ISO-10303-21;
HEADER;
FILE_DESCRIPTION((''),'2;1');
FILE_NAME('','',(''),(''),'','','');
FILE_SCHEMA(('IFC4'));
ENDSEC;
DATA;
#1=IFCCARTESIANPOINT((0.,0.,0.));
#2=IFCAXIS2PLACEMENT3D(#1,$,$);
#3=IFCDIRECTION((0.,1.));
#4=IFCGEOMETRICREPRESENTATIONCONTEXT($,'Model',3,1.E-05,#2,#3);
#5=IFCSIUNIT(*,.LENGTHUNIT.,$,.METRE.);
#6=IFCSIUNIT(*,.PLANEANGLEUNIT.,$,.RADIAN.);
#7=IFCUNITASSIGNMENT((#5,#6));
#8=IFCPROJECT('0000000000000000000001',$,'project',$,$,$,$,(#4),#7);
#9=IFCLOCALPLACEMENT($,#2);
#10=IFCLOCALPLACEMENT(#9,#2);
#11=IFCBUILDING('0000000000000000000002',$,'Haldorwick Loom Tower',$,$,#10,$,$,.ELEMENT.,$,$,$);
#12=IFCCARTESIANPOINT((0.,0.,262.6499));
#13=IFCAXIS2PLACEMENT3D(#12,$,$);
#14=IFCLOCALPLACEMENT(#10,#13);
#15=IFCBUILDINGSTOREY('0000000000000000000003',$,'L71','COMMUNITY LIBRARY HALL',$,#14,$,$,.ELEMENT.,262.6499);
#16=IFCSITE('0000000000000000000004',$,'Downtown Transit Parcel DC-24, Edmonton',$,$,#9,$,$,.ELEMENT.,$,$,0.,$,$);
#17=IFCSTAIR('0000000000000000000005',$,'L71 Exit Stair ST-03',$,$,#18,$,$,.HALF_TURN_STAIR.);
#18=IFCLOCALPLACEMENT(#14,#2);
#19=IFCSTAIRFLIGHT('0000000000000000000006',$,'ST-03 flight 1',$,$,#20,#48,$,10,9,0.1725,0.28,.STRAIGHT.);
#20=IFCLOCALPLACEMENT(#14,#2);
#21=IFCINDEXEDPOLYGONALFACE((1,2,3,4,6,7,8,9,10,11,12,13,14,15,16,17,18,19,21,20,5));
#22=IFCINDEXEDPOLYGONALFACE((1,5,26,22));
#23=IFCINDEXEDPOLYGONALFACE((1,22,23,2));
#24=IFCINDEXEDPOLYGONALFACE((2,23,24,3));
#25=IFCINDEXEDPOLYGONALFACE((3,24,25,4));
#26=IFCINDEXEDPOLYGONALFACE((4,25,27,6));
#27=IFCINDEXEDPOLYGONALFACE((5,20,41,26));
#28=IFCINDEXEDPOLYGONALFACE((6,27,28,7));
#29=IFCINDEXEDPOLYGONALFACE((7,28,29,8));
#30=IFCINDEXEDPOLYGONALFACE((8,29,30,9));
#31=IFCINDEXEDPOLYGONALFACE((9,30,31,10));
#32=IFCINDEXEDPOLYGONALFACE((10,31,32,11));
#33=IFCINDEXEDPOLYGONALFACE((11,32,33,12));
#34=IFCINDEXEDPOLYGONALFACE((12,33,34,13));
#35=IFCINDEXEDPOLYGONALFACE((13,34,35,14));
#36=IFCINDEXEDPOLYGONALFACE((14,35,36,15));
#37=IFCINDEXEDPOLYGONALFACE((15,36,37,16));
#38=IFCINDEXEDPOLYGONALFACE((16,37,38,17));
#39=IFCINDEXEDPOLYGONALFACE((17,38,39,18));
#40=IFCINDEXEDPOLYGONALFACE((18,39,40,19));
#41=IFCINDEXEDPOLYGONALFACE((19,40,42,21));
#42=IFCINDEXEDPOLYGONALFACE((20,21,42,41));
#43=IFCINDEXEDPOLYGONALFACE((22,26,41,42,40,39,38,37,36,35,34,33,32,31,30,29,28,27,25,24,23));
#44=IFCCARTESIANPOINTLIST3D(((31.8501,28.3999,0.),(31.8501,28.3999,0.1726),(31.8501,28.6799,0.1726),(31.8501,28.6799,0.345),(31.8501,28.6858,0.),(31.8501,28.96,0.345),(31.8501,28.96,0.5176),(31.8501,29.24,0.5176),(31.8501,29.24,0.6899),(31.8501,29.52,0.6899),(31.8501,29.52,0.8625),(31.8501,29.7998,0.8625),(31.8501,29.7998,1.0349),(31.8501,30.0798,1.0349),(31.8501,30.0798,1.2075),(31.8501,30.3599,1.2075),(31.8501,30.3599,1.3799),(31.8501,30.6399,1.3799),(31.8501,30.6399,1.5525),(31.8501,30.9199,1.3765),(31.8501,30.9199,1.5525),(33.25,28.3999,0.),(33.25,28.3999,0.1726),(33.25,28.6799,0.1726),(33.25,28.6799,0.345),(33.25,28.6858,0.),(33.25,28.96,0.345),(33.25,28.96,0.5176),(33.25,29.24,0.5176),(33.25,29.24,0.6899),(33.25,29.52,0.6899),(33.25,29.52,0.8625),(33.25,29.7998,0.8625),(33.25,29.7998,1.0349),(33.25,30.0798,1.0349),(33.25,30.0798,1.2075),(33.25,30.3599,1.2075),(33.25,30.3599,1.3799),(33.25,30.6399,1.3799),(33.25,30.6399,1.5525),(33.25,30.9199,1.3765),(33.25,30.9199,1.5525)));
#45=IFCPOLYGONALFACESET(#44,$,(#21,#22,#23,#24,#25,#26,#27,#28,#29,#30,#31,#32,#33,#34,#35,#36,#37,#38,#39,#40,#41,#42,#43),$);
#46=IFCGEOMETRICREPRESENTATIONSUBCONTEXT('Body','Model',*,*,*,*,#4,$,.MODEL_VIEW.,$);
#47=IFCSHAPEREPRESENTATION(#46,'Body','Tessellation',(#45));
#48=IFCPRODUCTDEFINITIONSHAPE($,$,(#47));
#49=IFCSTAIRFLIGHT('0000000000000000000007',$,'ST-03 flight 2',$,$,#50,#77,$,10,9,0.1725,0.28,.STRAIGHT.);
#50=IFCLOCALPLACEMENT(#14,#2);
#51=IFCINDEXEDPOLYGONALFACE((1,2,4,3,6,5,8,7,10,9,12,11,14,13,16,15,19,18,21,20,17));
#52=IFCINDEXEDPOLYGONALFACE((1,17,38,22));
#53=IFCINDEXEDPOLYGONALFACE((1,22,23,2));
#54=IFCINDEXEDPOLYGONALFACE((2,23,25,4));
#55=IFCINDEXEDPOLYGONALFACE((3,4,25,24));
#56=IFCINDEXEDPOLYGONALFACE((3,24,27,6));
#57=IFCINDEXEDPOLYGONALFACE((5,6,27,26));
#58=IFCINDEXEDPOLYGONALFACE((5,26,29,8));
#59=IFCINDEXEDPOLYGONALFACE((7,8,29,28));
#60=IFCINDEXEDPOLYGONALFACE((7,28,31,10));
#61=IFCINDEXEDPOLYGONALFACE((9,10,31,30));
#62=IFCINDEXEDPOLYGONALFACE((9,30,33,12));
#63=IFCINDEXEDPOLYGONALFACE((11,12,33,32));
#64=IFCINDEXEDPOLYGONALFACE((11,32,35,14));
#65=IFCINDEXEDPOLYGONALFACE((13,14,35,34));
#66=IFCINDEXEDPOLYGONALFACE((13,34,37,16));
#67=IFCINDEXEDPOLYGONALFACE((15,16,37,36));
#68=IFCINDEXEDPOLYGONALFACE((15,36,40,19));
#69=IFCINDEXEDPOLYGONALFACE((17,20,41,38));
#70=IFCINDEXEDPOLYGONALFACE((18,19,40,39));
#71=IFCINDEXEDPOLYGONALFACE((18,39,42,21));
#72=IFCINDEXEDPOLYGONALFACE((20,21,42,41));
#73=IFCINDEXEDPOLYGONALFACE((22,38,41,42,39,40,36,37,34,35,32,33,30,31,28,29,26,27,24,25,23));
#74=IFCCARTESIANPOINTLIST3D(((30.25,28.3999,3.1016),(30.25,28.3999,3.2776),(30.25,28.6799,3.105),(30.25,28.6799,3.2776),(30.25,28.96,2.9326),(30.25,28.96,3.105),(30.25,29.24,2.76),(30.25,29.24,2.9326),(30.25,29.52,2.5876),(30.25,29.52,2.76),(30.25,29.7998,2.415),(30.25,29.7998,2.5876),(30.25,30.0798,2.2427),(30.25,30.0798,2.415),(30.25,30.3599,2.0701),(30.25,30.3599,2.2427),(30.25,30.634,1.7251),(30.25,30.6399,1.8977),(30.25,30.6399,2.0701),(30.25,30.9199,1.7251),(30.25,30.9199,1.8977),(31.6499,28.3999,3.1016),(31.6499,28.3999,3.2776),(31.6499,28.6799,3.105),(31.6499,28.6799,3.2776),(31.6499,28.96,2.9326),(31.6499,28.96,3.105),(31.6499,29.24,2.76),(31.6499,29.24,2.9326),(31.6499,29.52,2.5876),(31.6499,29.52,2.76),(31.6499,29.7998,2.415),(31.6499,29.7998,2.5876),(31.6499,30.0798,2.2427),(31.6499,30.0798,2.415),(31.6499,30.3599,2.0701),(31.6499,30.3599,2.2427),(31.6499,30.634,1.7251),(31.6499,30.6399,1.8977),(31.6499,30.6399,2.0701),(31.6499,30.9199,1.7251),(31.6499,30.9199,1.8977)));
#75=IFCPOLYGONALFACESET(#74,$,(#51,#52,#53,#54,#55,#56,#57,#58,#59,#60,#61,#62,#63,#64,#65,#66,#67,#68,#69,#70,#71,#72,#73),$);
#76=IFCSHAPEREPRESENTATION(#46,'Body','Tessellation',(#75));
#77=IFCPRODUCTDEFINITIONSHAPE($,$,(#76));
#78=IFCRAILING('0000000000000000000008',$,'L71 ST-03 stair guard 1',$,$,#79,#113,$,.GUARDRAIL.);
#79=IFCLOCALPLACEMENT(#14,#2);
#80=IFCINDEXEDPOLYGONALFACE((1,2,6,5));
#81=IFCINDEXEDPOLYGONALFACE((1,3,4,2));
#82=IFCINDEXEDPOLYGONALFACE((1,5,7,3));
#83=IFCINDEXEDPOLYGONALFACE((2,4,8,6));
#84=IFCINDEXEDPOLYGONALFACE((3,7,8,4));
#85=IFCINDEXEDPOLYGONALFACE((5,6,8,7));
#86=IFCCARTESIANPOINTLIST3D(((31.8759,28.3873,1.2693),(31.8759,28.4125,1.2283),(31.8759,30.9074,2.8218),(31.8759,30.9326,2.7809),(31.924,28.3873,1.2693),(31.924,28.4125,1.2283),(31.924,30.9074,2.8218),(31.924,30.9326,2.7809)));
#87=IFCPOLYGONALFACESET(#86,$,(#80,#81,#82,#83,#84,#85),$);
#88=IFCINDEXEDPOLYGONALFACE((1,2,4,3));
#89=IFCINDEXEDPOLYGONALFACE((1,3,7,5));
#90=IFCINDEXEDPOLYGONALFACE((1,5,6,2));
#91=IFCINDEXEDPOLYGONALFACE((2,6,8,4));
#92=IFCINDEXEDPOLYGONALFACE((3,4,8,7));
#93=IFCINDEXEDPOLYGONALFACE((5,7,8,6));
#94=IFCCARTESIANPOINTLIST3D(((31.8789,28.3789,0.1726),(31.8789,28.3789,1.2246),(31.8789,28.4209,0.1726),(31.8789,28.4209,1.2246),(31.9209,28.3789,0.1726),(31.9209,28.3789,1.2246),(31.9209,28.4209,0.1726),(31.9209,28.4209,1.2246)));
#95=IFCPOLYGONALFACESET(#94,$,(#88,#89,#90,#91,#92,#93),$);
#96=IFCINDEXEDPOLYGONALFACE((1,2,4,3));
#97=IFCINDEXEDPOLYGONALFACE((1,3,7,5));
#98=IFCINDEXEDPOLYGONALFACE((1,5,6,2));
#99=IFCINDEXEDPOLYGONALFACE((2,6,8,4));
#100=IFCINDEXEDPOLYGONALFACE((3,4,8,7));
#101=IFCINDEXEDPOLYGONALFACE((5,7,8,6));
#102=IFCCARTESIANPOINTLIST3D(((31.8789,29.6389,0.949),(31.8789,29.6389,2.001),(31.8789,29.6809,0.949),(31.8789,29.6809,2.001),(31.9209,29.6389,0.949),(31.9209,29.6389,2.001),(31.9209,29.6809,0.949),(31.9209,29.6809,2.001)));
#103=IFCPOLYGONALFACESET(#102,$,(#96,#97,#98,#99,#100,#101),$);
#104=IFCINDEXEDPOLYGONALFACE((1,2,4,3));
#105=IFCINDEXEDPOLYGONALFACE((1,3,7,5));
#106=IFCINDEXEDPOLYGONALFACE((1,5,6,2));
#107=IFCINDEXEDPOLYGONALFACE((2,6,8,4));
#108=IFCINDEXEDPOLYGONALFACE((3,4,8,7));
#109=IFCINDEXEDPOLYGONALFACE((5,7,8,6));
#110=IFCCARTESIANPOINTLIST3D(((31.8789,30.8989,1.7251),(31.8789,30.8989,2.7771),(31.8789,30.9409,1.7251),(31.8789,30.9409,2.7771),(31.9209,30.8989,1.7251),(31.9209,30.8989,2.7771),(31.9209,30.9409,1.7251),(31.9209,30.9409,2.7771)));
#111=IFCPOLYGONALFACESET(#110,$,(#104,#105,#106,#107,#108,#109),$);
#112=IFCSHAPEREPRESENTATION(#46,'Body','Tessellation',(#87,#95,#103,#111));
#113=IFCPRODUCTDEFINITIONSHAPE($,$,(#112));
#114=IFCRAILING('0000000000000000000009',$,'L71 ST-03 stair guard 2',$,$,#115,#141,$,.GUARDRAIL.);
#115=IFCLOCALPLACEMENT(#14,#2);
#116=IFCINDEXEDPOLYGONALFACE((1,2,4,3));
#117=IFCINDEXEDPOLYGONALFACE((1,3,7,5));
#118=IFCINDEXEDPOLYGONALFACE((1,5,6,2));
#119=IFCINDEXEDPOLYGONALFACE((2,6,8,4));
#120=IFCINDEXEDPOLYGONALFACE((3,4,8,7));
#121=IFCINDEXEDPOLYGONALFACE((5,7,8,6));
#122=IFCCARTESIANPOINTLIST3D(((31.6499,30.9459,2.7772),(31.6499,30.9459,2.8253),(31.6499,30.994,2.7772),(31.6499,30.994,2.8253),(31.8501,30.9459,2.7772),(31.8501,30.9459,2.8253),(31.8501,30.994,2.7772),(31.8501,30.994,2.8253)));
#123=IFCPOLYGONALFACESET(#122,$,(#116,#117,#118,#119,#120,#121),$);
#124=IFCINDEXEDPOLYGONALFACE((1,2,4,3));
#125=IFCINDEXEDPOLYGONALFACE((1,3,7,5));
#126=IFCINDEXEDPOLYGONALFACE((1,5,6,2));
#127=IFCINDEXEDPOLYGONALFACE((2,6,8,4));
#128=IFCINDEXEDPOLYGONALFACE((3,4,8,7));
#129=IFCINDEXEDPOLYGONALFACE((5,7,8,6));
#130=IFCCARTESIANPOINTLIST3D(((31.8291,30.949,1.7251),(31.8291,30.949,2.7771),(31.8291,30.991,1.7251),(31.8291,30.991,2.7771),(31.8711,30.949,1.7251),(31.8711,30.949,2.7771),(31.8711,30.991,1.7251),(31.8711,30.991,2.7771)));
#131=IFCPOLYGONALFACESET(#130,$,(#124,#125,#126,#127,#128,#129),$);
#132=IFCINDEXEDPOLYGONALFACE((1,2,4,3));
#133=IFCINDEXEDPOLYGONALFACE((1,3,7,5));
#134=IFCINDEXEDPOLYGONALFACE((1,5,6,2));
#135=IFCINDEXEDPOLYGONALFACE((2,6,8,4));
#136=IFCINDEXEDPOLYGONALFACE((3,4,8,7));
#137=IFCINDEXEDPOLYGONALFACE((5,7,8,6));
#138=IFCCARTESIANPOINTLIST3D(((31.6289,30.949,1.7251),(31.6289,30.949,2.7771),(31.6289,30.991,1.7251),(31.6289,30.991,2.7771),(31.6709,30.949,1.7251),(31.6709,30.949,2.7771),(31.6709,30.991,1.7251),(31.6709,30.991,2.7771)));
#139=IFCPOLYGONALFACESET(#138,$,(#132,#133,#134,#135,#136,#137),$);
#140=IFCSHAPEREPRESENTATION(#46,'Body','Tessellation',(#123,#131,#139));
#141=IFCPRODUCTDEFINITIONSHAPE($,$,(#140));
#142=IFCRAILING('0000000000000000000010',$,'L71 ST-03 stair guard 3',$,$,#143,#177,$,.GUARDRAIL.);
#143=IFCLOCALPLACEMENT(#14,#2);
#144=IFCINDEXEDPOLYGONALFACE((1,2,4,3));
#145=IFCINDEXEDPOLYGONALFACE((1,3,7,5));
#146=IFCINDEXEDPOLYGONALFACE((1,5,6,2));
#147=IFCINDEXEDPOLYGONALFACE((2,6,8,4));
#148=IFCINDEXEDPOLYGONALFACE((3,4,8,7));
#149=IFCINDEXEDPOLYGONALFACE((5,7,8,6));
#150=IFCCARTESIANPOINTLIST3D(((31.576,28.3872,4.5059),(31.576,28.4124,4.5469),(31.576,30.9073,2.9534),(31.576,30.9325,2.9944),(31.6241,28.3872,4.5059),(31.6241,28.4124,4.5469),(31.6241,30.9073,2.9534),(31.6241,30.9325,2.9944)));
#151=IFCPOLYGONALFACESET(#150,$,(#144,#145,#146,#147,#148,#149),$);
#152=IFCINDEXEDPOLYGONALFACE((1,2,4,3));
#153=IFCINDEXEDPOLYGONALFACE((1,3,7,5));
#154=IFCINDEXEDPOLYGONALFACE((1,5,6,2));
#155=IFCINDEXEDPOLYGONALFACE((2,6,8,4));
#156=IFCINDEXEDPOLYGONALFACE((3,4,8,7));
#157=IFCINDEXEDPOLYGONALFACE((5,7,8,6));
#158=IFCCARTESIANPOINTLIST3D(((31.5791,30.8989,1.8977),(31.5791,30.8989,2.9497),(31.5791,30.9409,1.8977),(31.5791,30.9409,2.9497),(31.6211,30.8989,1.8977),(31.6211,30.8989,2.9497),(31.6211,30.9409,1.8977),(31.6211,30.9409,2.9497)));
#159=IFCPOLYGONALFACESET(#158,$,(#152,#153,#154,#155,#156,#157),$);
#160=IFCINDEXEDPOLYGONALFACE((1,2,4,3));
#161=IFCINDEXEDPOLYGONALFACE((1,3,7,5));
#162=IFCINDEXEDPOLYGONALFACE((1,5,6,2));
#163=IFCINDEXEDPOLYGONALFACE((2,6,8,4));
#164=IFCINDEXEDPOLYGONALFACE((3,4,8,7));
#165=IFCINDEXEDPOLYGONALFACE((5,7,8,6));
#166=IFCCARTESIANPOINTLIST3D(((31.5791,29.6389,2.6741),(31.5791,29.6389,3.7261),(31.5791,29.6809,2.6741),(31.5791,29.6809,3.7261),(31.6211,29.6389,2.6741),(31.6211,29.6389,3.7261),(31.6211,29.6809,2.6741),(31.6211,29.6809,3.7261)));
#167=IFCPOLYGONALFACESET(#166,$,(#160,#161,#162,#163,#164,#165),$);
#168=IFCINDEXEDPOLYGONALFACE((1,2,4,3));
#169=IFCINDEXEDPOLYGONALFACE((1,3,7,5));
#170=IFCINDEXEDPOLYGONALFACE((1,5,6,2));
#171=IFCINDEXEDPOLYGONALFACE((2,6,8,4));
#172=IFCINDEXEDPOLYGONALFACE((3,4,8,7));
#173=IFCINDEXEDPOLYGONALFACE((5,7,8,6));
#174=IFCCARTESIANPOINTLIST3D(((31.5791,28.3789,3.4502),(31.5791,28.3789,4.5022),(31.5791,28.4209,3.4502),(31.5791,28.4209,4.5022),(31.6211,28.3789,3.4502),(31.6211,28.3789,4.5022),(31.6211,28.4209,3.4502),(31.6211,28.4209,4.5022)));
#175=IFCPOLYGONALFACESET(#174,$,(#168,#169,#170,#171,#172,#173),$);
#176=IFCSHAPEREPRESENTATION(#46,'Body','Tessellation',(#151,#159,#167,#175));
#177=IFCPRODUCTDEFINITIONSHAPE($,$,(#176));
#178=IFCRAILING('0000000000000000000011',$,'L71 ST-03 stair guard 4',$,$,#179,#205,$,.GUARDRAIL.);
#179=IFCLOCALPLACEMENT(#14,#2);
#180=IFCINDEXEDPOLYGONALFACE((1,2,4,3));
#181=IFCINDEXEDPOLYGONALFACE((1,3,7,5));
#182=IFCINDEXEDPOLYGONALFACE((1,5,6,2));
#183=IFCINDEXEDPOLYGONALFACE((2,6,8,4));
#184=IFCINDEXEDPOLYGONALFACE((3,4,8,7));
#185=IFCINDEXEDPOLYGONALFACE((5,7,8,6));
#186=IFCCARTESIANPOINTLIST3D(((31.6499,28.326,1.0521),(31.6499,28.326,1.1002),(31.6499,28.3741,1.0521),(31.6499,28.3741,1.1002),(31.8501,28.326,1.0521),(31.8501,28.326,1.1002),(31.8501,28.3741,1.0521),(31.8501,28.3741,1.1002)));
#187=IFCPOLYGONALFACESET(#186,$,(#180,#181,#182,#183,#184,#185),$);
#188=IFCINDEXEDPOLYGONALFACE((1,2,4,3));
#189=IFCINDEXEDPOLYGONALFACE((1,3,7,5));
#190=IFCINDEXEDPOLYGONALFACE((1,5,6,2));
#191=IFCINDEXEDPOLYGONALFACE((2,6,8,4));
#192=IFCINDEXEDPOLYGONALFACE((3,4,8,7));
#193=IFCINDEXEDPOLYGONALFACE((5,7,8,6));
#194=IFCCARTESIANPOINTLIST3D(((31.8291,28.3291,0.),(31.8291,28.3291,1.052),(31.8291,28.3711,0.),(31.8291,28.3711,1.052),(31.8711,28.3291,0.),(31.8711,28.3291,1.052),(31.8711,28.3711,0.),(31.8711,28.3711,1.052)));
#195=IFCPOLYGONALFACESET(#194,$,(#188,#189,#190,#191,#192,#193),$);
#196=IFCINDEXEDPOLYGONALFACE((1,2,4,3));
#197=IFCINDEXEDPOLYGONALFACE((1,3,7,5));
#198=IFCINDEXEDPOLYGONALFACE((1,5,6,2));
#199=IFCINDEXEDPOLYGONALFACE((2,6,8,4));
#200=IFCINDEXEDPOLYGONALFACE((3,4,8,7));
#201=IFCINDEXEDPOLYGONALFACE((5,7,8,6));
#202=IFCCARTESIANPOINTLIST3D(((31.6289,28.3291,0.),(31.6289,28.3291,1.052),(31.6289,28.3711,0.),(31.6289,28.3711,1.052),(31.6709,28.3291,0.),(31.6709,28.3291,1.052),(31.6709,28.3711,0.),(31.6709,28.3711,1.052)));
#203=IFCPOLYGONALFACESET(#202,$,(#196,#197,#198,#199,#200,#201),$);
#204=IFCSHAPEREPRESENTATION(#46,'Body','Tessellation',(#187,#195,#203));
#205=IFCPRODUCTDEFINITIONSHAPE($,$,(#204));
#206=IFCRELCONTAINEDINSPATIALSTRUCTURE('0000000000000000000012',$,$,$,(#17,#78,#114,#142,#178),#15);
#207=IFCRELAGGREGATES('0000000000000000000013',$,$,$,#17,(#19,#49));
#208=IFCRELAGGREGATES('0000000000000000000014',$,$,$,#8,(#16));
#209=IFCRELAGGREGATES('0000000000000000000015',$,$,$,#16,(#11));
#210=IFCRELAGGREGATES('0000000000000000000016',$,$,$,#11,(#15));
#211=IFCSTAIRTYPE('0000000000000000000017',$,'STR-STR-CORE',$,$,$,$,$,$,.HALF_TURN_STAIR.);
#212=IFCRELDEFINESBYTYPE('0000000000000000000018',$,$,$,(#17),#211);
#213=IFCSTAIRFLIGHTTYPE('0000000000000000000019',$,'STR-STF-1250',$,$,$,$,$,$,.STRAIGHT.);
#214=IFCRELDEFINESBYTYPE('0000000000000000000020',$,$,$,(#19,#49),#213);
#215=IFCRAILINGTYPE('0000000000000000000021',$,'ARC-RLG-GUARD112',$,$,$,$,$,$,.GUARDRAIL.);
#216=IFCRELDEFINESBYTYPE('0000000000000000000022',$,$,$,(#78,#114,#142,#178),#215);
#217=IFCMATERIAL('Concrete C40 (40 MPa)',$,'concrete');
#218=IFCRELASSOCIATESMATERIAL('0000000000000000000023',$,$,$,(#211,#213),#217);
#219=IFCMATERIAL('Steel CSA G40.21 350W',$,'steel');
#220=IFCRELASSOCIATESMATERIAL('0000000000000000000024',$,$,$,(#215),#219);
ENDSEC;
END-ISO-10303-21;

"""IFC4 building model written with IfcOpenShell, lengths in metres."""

from ifc_helpers import new_model, si_unit, direction, frame, origin, origin_2d, place, context, subcontext, project, spatial, polyline, rectangle, outline, extrude, material, type_object, element, aggregate, save


model = new_model("IFC4")

# Units and contexts
model_context = context("Model", 3, precision=1e-05, world=origin(), true_north=direction((0.0, 1.0)))
body_context = subcontext(model_context, "Body", "Model", "MODEL_VIEW")
ifc_project = project(units=[si_unit("LENGTHUNIT", "METRE"), si_unit("PLANEANGLEUNIT", "RADIAN")], contexts=[model_context])

# Site, building, storey
site_placement = place(None, origin())
site = spatial("IfcSite", under=ifc_project, at=site_placement, Name="Downtown Transit Parcel DC-24, Edmonton", CompositionType="ELEMENT", RefElevation=0.0)
building_placement = place(site_placement, origin())
building = spatial("IfcBuilding", under=site, at=building_placement, Name="Haldorwick Loom Tower", CompositionType="ELEMENT")
storey_placement = place(building_placement, frame((0.0, 0.0, 262.6499)))
storey = spatial("IfcBuildingStorey", under=building, at=storey_placement, Name="L71", Description="COMMUNITY LIBRARY HALL", CompositionType="ELEMENT", Elevation=262.6499)

# Shared definitions
ifc_material_1 = material(Name="Steel CSA G40.21 350W", Category="steel")

# Stair, stair flights
ifc_material_2 = material(Name="Concrete C40 (40 MPa)", Category="concrete")
stair_type = type_object("IfcStairType", Name="STR-STR-CORE", PredefinedType="HALF_TURN_STAIR", material=ifc_material_2)
stair_placement = place(storey_placement, origin())
stair = element("IfcStair", 1, at=stair_placement, inside=storey, type_object=stair_type, Name="L71 Exit Stair ST-03", PredefinedType="HALF_TURN_STAIR")
stair_flight_type = type_object("IfcStairFlightType", Name="STR-STF-1250", PredefinedType="STRAIGHT", material=ifc_material_2)
stair_flight_1_placement = place(storey_placement, frame((32.55, 28.3999, 0.0), z_axis=(0.0, 0.0, 1.0), x_axis=(0.0, 1.0, 0.0)))
stair_flight_1 = element("IfcStairFlight", 2, at=stair_flight_1_placement, type_object=stair_flight_type, Name="ST-03 flight 1", NumberOfRisers=10, NumberOfTreads=9, PredefinedType="STRAIGHT", RiserHeight=0.1725, TreadLength=0.28, context=body_context, shape_type="SweptSolid", body=[
    extrude(outline(polyline([(0.0, 0.0), (0.0, 0.1726), (0.28, 0.1726), (0.28, 0.345), (0.5601, 0.345), (0.5601, 0.5176), (0.8401, 0.5176), (0.8401, 0.6899), (1.1201, 0.6899), (1.1201, 0.8625), (1.3999, 0.8625), (1.3999, 1.0349), (1.6799, 1.0349), (1.6799, 1.2075), (1.96, 1.2075), (1.96, 1.3799), (2.24, 1.3799), (2.24, 1.5525), (2.52, 1.5525), (2.52, 1.7251), (2.52, 1.3765), (0.2859, 0.0), (0.0, 0.0)])), frame((0.0, 0.7, 0.0), z_axis=(0.0, -1.0, 0.0), x_axis=(1.0, 0.0, 0.0)), (0.0, 0.0, 1.0), 1.3999),
])
stair_flight_2_placement = place(storey_placement, frame((30.95, 30.9199, 1.7251), z_axis=(0.0, 0.0, 1.0), x_axis=(0.0, -1.0, 0.0)))
stair_flight_2 = element("IfcStairFlight", 3, at=stair_flight_2_placement, type_object=stair_flight_type, Name="ST-03 flight 2", NumberOfRisers=10, NumberOfTreads=9, PredefinedType="STRAIGHT", RiserHeight=0.1725, TreadLength=0.28, context=body_context, shape_type="SweptSolid", body=[
    extrude(outline(polyline([(0.0, 0.0), (0.0, 0.1726), (0.28, 0.1726), (0.28, 0.345), (0.5601, 0.345), (0.5601, 0.5176), (0.8401, 0.5176), (0.8401, 0.6899), (1.1201, 0.6899), (1.1201, 0.8625), (1.3999, 0.8625), (1.3999, 1.0349), (1.6799, 1.0349), (1.6799, 1.2075), (1.96, 1.2075), (1.96, 1.3799), (2.24, 1.3799), (2.24, 1.5525), (2.52, 1.5525), (2.52, 1.7251), (2.52, 1.3765), (0.2859, 0.0), (0.0, 0.0)])), frame((0.0, 0.7, 0.0), z_axis=(0.0, -1.0, 0.0), x_axis=(1.0, 0.0, 0.0)), (0.0, 0.0, 1.0), 1.3999),
])
aggregate(stair, [stair_flight_1, stair_flight_2])

# Railings
railing_type_1 = type_object("IfcRailingType", Name="ARC-RLG-GUARD112", PredefinedType="GUARDRAIL", material=ifc_material_1)
railing_1_placement = place(storey_placement, frame((31.8999, 28.3999, 0.1726)))
element("IfcRailing", 4, at=railing_1_placement, inside=storey, type_object=railing_type_1, Name="L71 ST-03 stair guard 1", PredefinedType="GUARDRAIL", context=body_context, shape_type="SweptSolid", body=[
    extrude(rectangle(XDim=0.0481, YDim=0.0481, at=origin_2d()), frame((0.0, 0.0, 1.0762), z_axis=(0.0, 0.8514, 0.524516), x_axis=(-1.0, 0.0, 0.0)), (0.0, 0.0, 1.0), 2.96),
    extrude(rectangle(XDim=0.042, YDim=0.042, at=origin_2d()), origin(), (0.0, 0.0, 1.0), 1.052),
    extrude(rectangle(XDim=0.042, YDim=0.042, at=origin_2d()), frame((0.0, 1.26, 0.7764)), (0.0, 0.0, 1.0), 1.052),
    extrude(rectangle(XDim=0.042, YDim=0.042, at=origin_2d()), frame((0.0, 2.52, 1.5525)), (0.0, 0.0, 1.0), 1.052),
])
railing_2_placement = place(storey_placement, frame((31.8501, 30.97, 1.7251)))
element("IfcRailing", 5, at=railing_2_placement, inside=storey, type_object=railing_type_1, Name="L71 ST-03 stair guard 2", PredefinedType="GUARDRAIL", context=body_context, shape_type="SweptSolid", body=[
    extrude(rectangle(XDim=0.0481, YDim=0.0481, at=origin_2d()), frame((0.0, 0.0, 1.0762), z_axis=(-1.0, 0.0, 0.0), x_axis=(0.0, -1.0, 0.0)), (0.0, 0.0, 1.0), 0.2002),
    extrude(rectangle(XDim=0.042, YDim=0.042, at=origin_2d()), origin(), (0.0, 0.0, 1.0), 1.052),
    extrude(rectangle(XDim=0.042, YDim=0.042, at=origin_2d()), frame((-0.2002, 0.0, 0.0)), (0.0, 0.0, 1.0), 1.052),
])
railing_3_placement = place(storey_placement, frame((31.6001, 30.9199, 1.8977)))
element("IfcRailing", 6, at=railing_3_placement, inside=storey, type_object=railing_type_1, Name="L71 ST-03 stair guard 3", PredefinedType="GUARDRAIL", context=body_context, shape_type="SweptSolid", body=[
    extrude(rectangle(XDim=0.0481, YDim=0.0481, at=origin_2d()), frame((0.0, 0.0, 1.0762), z_axis=(0.0, -0.8514, 0.524516), x_axis=(1.0, 0.0, 0.0)), (0.0, 0.0, 1.0), 2.96),
    extrude(rectangle(XDim=0.042, YDim=0.042, at=origin_2d()), origin(), (0.0, 0.0, 1.0), 1.052),
    extrude(rectangle(XDim=0.042, YDim=0.042, at=origin_2d()), frame((0.0, -1.26, 0.7764)), (0.0, 0.0, 1.0), 1.052),
    extrude(rectangle(XDim=0.042, YDim=0.042, at=origin_2d()), frame((0.0, -2.52, 1.5525)), (0.0, 0.0, 1.0), 1.052),
])
railing_4_placement = place(storey_placement, frame((31.8501, 28.3501, 0.0)))
element("IfcRailing", 7, at=railing_4_placement, inside=storey, type_object=railing_type_1, Name="L71 ST-03 stair guard 4", PredefinedType="GUARDRAIL", context=body_context, shape_type="SweptSolid", body=[
    extrude(rectangle(XDim=0.0481, YDim=0.0481, at=origin_2d()), frame((0.0, 0.0, 1.0762), z_axis=(-1.0, 0.0, 0.0), x_axis=(0.0, -1.0, 0.0)), (0.0, 0.0, 1.0), 0.2002),
    extrude(rectangle(XDim=0.042, YDim=0.042, at=origin_2d()), origin(), (0.0, 0.0, 1.0), 1.052),
    extrude(rectangle(XDim=0.042, YDim=0.042, at=origin_2d()), frame((-0.2002, 0.0, 0.0)), (0.0, 0.0, 1.0), 1.052),
])

save(model, "model.ifc")
